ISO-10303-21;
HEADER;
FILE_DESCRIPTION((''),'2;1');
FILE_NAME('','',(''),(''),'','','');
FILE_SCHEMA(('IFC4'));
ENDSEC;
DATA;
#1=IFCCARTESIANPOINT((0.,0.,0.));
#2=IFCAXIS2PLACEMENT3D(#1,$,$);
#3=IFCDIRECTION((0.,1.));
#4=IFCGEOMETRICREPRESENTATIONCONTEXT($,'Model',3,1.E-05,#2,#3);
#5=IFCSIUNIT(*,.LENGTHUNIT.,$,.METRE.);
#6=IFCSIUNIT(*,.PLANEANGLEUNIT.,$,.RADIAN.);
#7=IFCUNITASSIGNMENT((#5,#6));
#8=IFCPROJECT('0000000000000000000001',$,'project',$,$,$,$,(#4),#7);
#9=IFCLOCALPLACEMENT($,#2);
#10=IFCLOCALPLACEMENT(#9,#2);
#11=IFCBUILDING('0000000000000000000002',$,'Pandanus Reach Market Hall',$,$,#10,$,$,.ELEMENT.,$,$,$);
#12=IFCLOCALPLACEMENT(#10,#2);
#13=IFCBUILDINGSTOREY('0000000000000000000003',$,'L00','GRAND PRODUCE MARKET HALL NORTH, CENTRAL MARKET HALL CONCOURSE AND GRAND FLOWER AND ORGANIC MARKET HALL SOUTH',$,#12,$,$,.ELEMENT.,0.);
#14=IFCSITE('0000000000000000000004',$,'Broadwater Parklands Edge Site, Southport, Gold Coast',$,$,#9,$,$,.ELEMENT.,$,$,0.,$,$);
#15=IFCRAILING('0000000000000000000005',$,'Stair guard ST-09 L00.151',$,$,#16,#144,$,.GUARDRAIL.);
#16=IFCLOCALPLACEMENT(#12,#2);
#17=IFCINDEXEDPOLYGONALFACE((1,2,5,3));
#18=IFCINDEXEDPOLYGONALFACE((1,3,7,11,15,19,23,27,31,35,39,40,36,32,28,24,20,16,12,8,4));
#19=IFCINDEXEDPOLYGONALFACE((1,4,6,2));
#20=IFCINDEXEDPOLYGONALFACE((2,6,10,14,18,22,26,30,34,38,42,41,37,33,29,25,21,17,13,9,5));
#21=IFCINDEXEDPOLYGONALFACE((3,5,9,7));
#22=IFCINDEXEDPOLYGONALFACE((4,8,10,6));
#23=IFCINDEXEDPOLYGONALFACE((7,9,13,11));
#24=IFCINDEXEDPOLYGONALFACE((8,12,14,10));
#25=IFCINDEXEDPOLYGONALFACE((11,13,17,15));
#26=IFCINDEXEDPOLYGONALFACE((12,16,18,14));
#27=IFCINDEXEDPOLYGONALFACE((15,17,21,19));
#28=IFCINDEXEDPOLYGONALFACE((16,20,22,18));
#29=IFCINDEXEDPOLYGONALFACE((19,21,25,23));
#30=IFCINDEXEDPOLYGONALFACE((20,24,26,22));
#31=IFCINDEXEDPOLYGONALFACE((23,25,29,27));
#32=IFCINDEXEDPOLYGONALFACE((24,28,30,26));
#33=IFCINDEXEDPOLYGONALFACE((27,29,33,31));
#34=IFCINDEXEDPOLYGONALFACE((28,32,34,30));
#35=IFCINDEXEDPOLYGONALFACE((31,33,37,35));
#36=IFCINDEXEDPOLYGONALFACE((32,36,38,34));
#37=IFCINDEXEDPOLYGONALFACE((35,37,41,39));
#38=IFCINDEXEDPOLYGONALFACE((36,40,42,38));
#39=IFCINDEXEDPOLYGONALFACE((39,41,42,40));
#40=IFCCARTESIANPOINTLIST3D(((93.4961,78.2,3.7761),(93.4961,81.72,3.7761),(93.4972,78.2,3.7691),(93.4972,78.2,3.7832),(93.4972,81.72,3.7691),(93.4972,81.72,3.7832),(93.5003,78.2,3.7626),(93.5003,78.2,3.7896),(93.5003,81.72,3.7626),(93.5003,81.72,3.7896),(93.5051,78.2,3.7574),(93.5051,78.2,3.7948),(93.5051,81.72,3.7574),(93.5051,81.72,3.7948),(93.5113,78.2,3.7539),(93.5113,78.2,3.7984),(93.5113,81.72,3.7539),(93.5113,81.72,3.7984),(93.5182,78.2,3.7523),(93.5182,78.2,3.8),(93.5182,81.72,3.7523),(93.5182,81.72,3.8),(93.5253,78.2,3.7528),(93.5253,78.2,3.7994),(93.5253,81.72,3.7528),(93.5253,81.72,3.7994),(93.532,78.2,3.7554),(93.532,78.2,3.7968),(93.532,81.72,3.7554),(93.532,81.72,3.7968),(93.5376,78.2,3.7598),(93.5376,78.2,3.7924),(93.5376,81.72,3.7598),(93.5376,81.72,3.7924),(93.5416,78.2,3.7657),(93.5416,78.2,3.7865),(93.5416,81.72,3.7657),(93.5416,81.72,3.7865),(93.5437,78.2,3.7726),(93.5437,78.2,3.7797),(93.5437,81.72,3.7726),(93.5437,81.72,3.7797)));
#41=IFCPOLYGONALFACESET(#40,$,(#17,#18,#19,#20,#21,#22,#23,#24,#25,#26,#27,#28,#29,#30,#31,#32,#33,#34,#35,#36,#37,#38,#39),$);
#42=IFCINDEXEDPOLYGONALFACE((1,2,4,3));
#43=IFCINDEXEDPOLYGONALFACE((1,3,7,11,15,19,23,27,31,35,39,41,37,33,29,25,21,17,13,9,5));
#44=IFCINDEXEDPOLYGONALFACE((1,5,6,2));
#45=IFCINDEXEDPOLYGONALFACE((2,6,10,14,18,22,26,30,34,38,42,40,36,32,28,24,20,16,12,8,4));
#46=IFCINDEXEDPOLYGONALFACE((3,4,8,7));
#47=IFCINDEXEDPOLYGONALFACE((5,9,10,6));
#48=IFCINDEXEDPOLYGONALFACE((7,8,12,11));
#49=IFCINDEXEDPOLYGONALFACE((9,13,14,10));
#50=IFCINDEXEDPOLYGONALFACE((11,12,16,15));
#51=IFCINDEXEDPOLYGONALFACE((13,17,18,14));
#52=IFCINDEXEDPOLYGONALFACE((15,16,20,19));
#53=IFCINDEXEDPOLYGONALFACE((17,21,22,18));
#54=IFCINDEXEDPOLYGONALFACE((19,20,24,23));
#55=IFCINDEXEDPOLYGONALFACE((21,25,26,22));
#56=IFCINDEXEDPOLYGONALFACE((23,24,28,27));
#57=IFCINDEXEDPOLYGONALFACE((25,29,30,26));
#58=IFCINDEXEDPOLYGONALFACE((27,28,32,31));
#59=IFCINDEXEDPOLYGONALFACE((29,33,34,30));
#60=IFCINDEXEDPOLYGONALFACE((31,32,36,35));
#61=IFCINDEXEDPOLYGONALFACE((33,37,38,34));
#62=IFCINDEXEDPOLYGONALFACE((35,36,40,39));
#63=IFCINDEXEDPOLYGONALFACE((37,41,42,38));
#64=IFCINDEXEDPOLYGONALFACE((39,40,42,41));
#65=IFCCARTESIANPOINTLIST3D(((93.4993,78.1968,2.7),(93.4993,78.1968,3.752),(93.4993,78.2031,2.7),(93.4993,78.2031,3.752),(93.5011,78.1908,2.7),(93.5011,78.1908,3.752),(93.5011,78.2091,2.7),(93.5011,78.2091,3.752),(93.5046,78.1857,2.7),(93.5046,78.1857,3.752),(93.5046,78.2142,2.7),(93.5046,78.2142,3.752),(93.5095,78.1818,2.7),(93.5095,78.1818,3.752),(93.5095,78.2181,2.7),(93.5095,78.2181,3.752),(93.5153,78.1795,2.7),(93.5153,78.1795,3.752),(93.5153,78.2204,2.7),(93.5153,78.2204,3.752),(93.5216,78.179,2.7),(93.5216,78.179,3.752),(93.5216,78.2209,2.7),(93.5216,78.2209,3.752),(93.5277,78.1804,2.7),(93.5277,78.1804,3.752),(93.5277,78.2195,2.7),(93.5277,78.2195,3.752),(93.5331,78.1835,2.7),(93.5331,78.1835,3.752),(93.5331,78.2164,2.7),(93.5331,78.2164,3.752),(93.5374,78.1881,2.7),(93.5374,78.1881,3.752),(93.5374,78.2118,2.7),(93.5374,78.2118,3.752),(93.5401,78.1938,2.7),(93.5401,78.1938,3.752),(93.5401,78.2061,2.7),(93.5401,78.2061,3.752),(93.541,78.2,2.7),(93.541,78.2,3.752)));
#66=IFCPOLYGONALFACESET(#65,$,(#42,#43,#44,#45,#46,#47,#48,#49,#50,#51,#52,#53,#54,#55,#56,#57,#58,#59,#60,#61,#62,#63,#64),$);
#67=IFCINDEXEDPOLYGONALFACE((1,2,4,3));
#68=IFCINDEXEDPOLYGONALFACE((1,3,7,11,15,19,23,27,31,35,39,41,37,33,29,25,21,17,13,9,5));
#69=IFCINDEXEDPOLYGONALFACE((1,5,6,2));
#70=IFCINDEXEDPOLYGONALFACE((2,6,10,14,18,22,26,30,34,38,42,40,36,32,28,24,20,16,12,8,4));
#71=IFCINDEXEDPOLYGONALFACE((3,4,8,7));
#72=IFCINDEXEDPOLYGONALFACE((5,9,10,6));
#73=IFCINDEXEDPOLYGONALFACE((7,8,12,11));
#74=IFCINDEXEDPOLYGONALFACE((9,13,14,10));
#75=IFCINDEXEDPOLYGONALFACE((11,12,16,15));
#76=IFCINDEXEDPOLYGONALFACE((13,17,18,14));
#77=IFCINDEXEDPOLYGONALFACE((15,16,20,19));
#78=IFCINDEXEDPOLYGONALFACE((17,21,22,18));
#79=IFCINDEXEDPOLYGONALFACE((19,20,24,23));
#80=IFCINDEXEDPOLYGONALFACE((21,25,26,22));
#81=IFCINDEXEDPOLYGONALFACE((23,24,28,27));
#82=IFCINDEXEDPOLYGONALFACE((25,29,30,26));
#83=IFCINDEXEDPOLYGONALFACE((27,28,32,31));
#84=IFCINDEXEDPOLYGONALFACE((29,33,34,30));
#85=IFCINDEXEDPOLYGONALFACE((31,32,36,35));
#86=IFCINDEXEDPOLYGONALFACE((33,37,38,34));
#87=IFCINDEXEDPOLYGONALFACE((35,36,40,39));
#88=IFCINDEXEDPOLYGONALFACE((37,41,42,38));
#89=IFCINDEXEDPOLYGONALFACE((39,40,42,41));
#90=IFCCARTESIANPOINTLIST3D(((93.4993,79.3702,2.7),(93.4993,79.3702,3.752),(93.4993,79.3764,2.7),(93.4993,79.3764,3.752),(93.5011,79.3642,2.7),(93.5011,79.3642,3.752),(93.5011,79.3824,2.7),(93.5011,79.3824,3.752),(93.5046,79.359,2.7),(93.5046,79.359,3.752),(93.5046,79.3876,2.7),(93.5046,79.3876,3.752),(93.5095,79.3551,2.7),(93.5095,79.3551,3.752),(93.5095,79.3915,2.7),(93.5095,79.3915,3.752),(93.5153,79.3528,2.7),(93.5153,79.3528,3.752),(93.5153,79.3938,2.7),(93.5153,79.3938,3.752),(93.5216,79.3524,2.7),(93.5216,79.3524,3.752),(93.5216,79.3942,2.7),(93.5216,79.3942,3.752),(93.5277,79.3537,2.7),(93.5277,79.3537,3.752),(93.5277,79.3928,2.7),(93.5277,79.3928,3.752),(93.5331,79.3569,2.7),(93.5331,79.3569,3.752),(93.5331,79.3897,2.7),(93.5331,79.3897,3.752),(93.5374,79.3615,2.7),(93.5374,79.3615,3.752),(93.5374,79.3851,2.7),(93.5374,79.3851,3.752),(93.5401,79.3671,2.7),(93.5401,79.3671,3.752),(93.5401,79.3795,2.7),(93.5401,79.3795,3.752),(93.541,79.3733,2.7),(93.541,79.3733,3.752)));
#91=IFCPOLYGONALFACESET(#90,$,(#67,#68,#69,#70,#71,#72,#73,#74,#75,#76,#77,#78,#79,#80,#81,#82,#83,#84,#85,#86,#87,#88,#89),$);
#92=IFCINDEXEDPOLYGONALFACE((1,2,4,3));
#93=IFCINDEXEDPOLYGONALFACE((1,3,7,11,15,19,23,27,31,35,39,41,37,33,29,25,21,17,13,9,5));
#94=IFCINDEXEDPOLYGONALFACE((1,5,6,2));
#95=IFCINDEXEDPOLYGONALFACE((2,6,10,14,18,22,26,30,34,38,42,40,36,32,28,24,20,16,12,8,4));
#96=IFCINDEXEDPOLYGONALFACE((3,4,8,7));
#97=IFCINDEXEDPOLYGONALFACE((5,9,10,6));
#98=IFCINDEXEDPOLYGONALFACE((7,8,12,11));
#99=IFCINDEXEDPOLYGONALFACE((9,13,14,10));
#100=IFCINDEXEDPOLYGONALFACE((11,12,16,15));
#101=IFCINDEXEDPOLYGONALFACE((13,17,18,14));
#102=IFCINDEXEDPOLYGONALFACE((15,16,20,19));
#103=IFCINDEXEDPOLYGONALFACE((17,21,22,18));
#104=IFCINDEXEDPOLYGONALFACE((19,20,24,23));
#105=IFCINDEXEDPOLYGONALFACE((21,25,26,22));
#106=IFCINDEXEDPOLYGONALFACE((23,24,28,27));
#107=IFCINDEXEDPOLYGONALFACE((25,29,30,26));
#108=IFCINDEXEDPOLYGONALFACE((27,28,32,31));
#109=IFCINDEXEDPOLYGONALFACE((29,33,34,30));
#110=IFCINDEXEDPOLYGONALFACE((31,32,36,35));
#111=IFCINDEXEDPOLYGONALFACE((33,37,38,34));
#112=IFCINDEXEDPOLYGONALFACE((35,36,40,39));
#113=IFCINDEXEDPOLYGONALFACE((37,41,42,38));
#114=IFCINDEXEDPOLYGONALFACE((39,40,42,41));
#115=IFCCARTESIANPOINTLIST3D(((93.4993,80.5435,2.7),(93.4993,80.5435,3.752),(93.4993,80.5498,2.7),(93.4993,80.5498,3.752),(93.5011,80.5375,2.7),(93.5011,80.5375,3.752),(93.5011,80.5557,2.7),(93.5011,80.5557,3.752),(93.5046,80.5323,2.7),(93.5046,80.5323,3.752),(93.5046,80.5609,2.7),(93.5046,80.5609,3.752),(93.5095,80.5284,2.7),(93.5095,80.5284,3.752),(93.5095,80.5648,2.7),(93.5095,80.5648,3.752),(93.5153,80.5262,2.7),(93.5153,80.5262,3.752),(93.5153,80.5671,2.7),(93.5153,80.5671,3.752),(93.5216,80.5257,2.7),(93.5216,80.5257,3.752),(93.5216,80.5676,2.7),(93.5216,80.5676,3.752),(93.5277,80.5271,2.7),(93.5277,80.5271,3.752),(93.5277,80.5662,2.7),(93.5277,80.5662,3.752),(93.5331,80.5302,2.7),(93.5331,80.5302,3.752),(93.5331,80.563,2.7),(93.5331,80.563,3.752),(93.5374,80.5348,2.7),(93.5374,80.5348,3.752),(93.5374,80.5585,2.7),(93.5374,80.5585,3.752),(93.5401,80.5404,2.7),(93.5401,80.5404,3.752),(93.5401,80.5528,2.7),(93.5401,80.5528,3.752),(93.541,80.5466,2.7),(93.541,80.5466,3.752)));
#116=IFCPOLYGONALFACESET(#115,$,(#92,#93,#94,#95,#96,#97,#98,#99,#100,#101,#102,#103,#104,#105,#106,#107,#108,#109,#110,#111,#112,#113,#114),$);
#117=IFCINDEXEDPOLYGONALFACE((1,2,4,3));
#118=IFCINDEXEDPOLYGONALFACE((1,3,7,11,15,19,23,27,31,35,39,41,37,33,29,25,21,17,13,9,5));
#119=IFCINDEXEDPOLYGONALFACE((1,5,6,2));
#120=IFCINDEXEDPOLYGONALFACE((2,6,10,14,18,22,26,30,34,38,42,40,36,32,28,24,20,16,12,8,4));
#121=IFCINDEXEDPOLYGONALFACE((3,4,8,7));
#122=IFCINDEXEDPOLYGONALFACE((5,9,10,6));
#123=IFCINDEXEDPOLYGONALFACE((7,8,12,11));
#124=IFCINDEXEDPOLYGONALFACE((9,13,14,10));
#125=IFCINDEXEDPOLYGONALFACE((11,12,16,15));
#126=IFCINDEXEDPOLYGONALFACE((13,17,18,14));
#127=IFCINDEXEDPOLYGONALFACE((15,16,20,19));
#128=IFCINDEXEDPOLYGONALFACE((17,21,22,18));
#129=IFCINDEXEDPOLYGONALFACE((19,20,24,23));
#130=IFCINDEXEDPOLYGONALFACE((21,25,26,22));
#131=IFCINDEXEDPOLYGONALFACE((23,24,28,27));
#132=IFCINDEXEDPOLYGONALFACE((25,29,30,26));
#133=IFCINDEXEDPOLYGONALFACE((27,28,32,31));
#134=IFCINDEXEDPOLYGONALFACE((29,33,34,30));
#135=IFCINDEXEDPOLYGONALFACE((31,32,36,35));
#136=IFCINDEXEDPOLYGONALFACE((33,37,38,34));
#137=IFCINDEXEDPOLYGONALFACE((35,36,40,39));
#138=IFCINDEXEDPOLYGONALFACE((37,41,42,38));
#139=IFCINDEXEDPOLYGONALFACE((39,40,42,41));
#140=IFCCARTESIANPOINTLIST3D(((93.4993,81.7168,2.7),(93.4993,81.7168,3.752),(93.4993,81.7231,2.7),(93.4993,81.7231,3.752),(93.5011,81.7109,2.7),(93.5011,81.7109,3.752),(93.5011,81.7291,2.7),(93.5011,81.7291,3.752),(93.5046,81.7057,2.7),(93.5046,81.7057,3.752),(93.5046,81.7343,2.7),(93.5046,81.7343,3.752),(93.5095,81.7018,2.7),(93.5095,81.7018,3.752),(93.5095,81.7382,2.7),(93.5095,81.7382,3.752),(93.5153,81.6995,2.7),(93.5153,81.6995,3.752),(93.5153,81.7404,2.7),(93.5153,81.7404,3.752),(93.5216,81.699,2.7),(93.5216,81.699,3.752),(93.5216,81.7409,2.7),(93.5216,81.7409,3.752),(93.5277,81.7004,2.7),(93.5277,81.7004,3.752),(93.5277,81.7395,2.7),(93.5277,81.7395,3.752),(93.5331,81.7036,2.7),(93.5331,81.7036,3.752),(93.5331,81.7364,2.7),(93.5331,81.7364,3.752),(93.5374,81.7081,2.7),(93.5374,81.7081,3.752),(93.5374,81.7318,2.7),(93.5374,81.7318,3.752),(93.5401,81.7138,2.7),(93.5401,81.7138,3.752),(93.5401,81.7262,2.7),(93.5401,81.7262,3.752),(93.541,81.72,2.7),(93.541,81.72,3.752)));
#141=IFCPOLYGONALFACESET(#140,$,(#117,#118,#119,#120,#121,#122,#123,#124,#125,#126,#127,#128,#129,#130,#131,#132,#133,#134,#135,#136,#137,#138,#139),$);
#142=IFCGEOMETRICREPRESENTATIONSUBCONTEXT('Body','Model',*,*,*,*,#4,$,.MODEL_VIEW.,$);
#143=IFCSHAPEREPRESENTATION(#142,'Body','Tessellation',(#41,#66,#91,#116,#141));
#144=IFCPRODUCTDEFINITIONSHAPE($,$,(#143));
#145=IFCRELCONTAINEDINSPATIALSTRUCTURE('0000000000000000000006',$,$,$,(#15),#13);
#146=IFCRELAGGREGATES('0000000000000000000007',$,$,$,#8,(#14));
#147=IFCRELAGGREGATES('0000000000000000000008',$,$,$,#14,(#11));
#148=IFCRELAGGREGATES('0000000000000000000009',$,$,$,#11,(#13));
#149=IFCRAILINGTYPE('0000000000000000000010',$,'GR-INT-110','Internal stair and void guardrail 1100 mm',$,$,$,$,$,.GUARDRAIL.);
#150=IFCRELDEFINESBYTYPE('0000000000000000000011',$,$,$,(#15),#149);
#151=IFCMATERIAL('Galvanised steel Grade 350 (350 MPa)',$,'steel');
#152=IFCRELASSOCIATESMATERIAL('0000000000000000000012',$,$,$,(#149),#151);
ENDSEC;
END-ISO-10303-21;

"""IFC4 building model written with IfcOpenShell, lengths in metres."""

from ifc_helpers import new_model, si_unit, direction, frame, origin, origin_2d, place, context, subcontext, project, spatial, circle, extrude, material, type_object, element, save


model = new_model("IFC4")

# Units and contexts
model_context = context("Model", 3, precision=1e-05, world=origin(), true_north=direction((0.0, 1.0)))
body_context = subcontext(model_context, "Body", "Model", "MODEL_VIEW")
ifc_project = project(units=[si_unit("LENGTHUNIT", "METRE"), si_unit("PLANEANGLEUNIT", "RADIAN")], contexts=[model_context])

# Site, building, storey
site_placement = place(None, origin())
site = spatial("IfcSite", under=ifc_project, at=site_placement, Name="Broadwater Parklands Edge Site, Southport, Gold Coast", CompositionType="ELEMENT", RefElevation=0.0)
building_placement = place(site_placement, origin())
building = spatial("IfcBuilding", under=site, at=building_placement, Name="Pandanus Reach Market Hall", CompositionType="ELEMENT")
storey_placement = place(building_placement, origin())
storey = spatial("IfcBuildingStorey", under=building, at=storey_placement, Name="L00", Description="GRAND PRODUCE MARKET HALL NORTH, CENTRAL MARKET HALL CONCOURSE AND GRAND FLOWER AND ORGANIC MARKET HALL SOUTH", CompositionType="ELEMENT", Elevation=0.0)

# Railing
ifc_material_1 = material(Name="Galvanised steel Grade 350 (350 MPa)", Category="steel")
railing_type_1 = type_object("IfcRailingType", Name="GR-INT-110", Description="Internal stair and void guardrail 1100 mm", PredefinedType="GUARDRAIL", material=ifc_material_1)
railing_1_placement = place(storey_placement, frame((93.52, 78.2, 2.7)))
element("IfcRailing", 1, at=railing_1_placement, inside=storey, type_object=railing_type_1, Name="Stair guard ST-09 L00.151", PredefinedType="GUARDRAIL", context=body_context, shape_type="SweptSolid", body=[
    extrude(circle(Radius=0.0239, at=origin_2d()), frame((0.0, 0.0, 1.0762), z_axis=(0.0, 1.0, 0.0), x_axis=(-1.0, 0.0, 0.0)), (0.0, 0.0, 1.0), 3.52),
    extrude(circle(Radius=0.021, at=origin_2d()), origin(), (0.0, 0.0, 1.0), 1.052),
    extrude(circle(Radius=0.021, at=origin_2d()), frame((0.0, 1.1733, 0.0)), (0.0, 0.0, 1.0), 1.052),
    extrude(circle(Radius=0.021, at=origin_2d()), frame((0.0, 2.3467, 0.0)), (0.0, 0.0, 1.0), 1.052),
    extrude(circle(Radius=0.021, at=origin_2d()), frame((0.0, 3.52, 0.0)), (0.0, 0.0, 1.0), 1.052),
])

save(model, "model.ifc")
